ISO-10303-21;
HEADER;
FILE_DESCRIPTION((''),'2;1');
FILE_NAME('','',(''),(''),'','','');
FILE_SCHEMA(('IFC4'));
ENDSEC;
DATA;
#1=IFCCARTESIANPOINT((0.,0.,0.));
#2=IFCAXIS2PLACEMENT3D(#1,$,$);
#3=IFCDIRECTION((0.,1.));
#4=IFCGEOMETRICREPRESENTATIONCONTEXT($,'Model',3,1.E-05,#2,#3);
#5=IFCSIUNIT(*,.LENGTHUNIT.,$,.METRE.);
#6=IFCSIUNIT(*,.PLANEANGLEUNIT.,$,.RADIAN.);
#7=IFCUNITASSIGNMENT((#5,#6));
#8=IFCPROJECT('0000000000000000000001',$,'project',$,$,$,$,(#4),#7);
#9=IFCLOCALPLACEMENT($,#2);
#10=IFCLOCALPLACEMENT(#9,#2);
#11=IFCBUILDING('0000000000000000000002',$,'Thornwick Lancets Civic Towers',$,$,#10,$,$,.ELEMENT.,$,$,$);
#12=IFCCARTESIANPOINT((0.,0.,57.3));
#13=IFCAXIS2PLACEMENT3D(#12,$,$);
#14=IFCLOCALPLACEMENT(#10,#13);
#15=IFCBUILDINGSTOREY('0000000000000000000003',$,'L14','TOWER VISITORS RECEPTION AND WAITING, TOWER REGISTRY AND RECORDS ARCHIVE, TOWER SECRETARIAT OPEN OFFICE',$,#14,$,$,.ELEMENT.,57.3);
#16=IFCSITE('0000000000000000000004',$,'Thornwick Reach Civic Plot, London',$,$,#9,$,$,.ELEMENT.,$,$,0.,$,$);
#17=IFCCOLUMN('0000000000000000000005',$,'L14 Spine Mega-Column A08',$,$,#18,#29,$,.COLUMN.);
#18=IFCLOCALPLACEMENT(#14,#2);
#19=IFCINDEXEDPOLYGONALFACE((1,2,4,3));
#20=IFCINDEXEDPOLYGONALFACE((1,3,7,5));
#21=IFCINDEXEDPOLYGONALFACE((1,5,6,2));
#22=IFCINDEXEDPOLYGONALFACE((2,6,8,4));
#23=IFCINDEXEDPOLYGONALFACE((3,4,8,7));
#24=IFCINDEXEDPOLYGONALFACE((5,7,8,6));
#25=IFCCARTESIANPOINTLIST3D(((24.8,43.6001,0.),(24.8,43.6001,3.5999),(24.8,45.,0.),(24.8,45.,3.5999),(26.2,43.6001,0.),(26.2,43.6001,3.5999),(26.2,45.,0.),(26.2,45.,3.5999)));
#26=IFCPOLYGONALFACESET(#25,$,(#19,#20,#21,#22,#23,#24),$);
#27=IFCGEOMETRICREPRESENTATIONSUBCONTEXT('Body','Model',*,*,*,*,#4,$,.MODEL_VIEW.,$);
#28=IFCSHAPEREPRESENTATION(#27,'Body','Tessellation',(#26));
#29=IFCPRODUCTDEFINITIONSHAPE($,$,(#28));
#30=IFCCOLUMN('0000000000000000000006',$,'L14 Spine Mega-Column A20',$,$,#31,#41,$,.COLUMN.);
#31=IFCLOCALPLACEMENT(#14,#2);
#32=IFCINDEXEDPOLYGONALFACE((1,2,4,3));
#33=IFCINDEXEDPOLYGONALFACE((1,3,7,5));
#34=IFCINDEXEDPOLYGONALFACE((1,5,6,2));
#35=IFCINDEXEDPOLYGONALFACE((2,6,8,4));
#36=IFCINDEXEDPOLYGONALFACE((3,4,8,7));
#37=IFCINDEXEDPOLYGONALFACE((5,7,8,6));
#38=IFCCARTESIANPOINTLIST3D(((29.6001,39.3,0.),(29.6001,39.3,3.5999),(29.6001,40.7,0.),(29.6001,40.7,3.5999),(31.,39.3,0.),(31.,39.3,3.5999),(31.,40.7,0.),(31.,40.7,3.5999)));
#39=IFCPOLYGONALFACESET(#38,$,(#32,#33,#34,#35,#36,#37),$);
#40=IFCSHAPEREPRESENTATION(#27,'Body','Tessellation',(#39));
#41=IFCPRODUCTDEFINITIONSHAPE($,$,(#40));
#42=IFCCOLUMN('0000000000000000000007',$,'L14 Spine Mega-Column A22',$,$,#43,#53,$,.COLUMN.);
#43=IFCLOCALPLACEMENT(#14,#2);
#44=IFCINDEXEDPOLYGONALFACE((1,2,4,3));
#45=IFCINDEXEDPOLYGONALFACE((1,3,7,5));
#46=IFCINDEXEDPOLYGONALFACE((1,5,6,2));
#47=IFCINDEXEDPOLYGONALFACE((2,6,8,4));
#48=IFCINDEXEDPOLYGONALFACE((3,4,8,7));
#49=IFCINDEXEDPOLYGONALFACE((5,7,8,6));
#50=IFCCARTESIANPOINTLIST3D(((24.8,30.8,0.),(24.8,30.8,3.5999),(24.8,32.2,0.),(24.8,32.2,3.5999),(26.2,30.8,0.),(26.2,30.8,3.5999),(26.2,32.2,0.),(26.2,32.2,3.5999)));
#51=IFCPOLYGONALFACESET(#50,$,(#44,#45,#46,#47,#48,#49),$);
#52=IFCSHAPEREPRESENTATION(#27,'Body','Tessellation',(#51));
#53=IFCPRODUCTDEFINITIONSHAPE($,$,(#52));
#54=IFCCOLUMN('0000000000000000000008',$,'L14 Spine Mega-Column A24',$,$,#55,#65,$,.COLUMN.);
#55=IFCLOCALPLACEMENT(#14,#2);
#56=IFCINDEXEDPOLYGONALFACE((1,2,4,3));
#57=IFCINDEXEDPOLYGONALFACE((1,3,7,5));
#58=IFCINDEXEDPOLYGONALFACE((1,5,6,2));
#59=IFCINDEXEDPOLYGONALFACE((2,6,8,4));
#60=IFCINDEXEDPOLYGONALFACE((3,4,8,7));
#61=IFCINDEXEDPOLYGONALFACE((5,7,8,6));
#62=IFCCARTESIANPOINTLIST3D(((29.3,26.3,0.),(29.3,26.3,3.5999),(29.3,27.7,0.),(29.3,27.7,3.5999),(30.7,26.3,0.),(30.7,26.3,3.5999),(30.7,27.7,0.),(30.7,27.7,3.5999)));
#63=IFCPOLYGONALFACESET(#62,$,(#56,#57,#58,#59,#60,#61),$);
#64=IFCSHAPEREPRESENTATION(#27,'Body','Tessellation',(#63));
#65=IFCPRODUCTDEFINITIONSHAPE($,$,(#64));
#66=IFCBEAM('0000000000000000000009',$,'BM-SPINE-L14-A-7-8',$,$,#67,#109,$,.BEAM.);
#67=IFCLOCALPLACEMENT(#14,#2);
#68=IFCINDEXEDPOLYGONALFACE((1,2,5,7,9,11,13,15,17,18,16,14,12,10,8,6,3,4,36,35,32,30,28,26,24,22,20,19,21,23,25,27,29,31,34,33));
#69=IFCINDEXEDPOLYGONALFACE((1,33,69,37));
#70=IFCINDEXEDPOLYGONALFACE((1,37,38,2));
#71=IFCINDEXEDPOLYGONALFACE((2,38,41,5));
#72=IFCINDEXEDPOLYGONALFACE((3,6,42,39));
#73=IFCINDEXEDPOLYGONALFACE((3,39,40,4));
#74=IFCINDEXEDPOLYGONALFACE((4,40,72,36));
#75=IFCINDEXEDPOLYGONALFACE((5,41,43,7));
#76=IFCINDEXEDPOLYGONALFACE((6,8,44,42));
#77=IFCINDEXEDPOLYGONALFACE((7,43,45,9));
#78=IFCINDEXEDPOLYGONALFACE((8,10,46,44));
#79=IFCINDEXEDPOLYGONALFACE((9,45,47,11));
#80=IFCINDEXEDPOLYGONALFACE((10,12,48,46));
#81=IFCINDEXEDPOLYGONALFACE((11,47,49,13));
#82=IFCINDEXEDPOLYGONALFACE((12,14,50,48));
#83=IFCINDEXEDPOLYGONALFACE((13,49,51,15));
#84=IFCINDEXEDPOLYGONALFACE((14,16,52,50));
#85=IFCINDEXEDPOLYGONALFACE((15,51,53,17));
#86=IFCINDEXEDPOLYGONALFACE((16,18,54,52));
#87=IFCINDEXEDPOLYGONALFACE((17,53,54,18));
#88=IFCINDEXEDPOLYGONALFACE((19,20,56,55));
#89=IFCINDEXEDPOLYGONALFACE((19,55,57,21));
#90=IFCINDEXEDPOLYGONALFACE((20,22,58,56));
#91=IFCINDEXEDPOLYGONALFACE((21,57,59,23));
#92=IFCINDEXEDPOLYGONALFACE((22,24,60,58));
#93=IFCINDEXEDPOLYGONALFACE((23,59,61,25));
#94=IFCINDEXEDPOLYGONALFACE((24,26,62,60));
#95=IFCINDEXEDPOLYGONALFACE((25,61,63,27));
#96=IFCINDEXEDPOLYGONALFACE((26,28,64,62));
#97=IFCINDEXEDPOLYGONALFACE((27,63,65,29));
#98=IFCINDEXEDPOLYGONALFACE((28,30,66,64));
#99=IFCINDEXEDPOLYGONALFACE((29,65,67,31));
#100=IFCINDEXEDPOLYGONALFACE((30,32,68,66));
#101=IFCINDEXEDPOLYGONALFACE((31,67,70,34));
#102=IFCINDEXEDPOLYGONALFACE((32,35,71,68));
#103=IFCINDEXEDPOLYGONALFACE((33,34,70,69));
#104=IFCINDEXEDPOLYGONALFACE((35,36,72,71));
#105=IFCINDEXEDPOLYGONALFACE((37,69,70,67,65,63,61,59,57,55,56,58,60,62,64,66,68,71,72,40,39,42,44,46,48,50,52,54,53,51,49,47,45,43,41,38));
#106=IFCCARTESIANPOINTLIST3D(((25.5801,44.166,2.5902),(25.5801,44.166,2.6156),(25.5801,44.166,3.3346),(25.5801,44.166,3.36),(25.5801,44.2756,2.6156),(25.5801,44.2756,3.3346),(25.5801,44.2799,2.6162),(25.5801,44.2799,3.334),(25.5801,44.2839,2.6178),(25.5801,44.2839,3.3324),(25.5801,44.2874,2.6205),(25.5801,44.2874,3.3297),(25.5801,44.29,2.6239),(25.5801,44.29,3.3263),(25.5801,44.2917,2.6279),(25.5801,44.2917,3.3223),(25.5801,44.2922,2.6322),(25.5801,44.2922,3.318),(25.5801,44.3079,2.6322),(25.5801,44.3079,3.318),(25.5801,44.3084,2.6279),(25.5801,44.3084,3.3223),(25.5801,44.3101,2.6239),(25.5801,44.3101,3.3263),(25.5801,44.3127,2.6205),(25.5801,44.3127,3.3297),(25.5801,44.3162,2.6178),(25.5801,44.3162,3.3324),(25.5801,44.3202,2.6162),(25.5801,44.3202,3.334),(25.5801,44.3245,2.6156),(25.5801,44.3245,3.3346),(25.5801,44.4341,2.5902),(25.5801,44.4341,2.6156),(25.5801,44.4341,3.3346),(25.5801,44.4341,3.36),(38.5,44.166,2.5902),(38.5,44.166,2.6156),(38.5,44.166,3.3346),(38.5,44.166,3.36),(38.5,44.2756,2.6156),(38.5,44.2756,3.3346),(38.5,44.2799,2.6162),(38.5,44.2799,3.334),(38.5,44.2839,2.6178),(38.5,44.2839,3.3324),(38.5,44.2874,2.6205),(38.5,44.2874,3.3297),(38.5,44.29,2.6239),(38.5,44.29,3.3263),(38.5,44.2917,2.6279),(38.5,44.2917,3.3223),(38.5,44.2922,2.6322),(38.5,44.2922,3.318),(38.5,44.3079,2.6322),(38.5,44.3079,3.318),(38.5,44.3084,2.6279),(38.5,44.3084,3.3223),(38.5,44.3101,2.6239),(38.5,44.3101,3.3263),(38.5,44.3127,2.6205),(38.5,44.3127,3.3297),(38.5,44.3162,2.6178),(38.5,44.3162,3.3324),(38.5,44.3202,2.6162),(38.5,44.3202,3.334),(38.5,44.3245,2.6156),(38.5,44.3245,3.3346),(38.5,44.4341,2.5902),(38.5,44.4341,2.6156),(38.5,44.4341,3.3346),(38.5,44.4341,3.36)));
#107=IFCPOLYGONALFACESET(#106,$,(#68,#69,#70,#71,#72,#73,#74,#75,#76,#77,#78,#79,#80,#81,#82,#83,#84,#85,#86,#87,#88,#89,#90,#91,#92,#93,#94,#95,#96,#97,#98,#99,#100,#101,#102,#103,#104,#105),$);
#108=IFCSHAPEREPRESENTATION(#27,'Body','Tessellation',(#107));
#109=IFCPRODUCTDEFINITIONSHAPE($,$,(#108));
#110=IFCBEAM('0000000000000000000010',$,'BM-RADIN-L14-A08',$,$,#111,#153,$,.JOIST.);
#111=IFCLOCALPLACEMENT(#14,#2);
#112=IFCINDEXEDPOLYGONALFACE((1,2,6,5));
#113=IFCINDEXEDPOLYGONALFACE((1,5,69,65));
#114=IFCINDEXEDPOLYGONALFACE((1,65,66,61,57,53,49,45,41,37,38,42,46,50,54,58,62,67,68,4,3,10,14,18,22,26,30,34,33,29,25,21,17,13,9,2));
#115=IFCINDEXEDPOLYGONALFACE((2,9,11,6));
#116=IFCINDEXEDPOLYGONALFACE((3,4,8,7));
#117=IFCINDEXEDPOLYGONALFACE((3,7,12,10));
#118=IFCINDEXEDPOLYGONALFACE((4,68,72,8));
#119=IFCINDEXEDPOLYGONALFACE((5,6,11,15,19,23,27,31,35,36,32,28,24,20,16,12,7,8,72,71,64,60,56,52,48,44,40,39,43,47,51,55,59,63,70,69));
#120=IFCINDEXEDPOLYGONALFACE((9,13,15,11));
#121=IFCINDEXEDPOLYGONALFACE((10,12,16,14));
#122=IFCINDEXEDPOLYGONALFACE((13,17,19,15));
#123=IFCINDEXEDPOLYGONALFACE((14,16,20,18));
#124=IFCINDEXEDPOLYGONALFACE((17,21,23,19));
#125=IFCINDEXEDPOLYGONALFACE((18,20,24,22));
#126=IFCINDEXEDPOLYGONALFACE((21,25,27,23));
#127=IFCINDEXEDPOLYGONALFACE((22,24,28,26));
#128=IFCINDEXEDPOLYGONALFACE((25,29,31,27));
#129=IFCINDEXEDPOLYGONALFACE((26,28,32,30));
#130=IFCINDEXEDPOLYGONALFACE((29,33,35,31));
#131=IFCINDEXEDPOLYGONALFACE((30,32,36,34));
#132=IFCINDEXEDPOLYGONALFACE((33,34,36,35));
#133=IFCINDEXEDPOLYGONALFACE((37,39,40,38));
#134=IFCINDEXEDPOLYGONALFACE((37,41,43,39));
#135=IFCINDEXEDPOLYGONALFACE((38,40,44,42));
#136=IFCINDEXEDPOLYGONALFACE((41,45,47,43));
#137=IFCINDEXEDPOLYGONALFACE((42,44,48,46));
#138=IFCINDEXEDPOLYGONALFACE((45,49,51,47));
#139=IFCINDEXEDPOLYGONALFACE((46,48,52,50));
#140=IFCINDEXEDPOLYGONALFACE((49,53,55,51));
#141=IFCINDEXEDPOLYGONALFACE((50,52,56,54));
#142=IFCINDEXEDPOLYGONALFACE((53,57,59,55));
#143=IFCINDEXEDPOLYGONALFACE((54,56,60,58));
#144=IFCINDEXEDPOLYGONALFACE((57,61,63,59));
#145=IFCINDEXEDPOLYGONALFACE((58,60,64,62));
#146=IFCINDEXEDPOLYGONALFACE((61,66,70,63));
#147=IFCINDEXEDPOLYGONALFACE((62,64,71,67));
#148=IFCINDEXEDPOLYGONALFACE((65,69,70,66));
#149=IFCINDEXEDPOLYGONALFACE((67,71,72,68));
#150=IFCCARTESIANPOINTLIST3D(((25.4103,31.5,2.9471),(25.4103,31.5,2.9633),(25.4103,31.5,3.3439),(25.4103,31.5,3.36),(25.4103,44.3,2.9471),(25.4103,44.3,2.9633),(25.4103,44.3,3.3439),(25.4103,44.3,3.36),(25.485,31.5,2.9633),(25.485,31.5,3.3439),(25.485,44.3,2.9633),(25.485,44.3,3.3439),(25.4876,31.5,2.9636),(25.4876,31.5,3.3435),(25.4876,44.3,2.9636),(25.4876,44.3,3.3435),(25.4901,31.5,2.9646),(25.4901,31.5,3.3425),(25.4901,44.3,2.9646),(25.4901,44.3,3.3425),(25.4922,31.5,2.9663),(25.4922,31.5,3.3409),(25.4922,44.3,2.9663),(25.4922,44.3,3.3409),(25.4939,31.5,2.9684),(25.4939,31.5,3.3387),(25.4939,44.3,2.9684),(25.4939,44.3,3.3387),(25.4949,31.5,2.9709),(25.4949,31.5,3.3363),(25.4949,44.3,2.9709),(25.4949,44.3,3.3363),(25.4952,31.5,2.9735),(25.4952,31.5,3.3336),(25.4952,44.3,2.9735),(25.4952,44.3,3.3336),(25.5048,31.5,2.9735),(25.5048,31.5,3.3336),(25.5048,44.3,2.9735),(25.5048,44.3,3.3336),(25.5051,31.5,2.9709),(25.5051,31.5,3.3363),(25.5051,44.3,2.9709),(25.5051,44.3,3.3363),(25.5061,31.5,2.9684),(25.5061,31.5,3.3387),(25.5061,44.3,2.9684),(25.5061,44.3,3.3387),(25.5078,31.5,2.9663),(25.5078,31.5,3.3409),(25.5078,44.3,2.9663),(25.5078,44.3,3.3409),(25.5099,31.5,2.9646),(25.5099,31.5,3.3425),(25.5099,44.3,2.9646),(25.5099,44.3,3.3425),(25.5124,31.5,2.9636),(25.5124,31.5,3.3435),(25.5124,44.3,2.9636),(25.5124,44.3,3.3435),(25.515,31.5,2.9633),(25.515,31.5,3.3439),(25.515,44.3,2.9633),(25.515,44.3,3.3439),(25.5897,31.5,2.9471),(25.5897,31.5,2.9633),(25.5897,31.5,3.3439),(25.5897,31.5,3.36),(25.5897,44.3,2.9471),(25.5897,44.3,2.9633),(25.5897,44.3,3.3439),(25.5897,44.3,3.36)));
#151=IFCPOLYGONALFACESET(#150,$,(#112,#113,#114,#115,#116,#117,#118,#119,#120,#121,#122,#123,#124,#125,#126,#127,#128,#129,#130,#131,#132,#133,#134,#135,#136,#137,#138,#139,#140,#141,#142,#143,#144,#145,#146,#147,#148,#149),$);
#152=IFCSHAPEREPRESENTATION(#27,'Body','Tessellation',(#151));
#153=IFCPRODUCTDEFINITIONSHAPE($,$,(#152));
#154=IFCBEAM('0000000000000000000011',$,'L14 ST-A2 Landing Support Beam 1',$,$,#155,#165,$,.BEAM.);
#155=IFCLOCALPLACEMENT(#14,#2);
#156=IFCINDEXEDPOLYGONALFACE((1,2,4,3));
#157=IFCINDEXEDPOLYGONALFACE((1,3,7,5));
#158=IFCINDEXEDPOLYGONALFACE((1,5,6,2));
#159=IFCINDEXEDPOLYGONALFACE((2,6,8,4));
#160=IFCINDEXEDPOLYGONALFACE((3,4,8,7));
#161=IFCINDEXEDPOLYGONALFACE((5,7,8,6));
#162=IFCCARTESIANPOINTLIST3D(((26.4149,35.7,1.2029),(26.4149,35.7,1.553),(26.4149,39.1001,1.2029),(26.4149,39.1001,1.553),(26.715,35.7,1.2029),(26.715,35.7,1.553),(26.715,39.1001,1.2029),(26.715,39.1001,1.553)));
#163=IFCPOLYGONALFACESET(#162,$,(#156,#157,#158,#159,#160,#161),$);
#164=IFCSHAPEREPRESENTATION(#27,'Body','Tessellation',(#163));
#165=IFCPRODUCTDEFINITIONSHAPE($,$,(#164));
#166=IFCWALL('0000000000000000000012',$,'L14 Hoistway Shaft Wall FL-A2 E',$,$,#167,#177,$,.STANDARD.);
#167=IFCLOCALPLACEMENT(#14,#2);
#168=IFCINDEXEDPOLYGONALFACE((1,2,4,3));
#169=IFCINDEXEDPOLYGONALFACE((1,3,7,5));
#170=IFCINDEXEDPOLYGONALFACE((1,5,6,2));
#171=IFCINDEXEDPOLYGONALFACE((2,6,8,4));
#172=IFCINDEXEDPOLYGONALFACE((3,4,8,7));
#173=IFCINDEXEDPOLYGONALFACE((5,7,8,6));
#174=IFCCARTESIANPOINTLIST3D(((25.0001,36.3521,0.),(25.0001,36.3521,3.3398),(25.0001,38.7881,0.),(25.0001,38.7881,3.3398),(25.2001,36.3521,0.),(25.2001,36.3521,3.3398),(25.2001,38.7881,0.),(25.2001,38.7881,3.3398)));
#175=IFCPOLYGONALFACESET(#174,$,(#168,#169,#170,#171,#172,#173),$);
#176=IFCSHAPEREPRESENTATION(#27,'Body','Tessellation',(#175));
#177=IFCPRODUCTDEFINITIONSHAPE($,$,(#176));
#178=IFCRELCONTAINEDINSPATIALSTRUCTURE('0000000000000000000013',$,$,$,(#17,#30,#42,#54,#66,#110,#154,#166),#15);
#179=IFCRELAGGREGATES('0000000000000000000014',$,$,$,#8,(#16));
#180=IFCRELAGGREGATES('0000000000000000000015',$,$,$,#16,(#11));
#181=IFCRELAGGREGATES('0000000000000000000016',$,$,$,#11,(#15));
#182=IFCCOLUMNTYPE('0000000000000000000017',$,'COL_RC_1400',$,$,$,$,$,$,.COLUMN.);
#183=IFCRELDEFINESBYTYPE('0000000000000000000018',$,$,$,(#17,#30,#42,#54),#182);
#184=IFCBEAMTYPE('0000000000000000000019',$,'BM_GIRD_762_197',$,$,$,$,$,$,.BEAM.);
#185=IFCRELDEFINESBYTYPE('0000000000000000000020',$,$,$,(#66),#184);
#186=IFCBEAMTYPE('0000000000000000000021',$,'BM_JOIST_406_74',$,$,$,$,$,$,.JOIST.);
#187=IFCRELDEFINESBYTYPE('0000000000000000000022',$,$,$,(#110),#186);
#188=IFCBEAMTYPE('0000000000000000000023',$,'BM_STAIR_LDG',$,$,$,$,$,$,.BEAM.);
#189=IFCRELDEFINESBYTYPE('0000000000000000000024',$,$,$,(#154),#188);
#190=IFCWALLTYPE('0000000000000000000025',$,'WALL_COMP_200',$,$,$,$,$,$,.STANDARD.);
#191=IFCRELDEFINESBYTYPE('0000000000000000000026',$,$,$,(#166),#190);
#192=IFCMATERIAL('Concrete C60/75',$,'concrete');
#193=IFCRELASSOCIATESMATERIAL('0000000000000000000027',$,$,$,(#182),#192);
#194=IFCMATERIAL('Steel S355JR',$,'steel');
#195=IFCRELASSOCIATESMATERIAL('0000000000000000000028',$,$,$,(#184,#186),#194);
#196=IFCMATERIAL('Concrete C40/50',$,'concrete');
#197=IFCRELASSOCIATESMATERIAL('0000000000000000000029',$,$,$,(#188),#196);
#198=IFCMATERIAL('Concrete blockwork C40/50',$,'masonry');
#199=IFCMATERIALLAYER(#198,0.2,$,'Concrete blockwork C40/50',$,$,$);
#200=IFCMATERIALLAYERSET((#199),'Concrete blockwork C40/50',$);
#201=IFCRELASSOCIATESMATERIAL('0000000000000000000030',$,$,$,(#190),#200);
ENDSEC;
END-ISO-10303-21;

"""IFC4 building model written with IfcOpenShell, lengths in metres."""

from ifc_helpers import new_model, si_unit, direction, frame, frame_2d, origin, origin_2d, place, context, subcontext, project, spatial, rectangle, i_section, extrude, material, layer, layer_set, material_profile, profile_set, type_object, element, save


model = new_model("IFC4")

# Units and contexts
model_context = context("Model", 3, precision=1e-05, world=origin(), true_north=direction((0.0, 1.0)))
body_context = subcontext(model_context, "Body", "Model", "MODEL_VIEW")
ifc_project = project(units=[si_unit("LENGTHUNIT", "METRE"), si_unit("PLANEANGLEUNIT", "RADIAN")], contexts=[model_context])

# Site, building, storey
site_placement = place(None, origin())
site = spatial("IfcSite", under=ifc_project, at=site_placement, Name="Thornwick Reach Civic Plot, London", CompositionType="ELEMENT", RefElevation=0.0)
building_placement = place(site_placement, origin())
building = spatial("IfcBuilding", under=site, at=building_placement, Name="Thornwick Lancets Civic Towers", CompositionType="ELEMENT")
storey_placement = place(building_placement, frame((0.0, 0.0, 57.3)))
storey = spatial("IfcBuildingStorey", under=building, at=storey_placement, Name="L14", Description="TOWER VISITORS RECEPTION AND WAITING, TOWER REGISTRY AND RECORDS ARCHIVE, TOWER SECRETARIAT OPEN OFFICE", CompositionType="ELEMENT", Elevation=57.3)

# Columns
ifc_material_1 = material(Name="Concrete C60/75", Category="concrete")
ifc_material_profile_1 = material_profile(ifc_material_1, rectangle(XDim=1.3999, YDim=1.3999, at=origin_2d()), Name="RC 1400x1400")
ifc_profile_set_1 = profile_set([ifc_material_profile_1], Name="Concrete C60/75")
column_type = type_object("IfcColumnType", Name="COL_RC_1400", PredefinedType="COLUMN", material=ifc_profile_set_1)
for number, where, z_axis, x_axis, name in (
    (1, (25.5, 44.3, 0.0), (0.0, 0.0, 1.0), (1.0, 0.0, 0.0), "L14 Spine Mega-Column A08"),
    (2, (30.3, 40.0, 0.0), (0.0, 0.0, 1.0), (1.0, 0.0, 0.0), "L14 Spine Mega-Column A20"),
    (3, (25.5, 31.5, 0.0), (0.0, 0.0, 1.0), (1.0, 0.0, 0.0), "L14 Spine Mega-Column A22"),
    (4, (30.0, 27.0, 0.0), (0.0, 0.0, 1.0), (1.0, 0.0, 0.0), "L14 Spine Mega-Column A24"),
):
    element("IfcColumn", number, at=place(storey_placement, frame(where, z_axis=z_axis, x_axis=x_axis)), inside=storey, type_object=column_type, Name=name, PredefinedType="COLUMN", context=body_context, shape_type="SweptSolid", body=[
        extrude(rectangle(XDim=1.3999, YDim=1.3999, at=origin_2d()), origin(), (0.0, 0.0, 1.0), 3.5999),
    ])

# Beams
ifc_material_2 = material(Name="Steel S355JR", Category="steel")
ifc_material_profile_2 = material_profile(ifc_material_2, i_section(OverallWidth=0.2681, OverallDepth=0.7698, WebThickness=0.0156, FlangeThickness=0.0254, FilletRadius=0.0166, at=origin_2d()), Name="UKB 762x267x197")
ifc_profile_set_2 = profile_set([ifc_material_profile_2], Name="Steel S355JR")
beam_type_1 = type_object("IfcBeamType", Name="BM_GIRD_762_197", PredefinedType="BEAM", material=ifc_profile_set_2)
beam_1_placement = place(storey_placement, frame((25.5801, 44.3, 2.9751), z_axis=(1.0, 0.0, 0.0), x_axis=(0.0, 1.0, 0.0)))
element("IfcBeam", 5, at=beam_1_placement, inside=storey, type_object=beam_type_1, Name="BM-SPINE-L14-A-7-8", PredefinedType="BEAM", context=body_context, shape_type="SweptSolid", body=[
    extrude(i_section(OverallWidth=0.2681, OverallDepth=0.7698, WebThickness=0.0156, FlangeThickness=0.0254, FilletRadius=0.0166, at=origin_2d()), origin(), (0.0, 0.0, 1.0), 12.9199),
])
ifc_material_profile_3 = material_profile(ifc_material_2, i_section(OverallWidth=0.1794, OverallDepth=0.4128, WebThickness=0.0095, FlangeThickness=0.0161, FilletRadius=0.0103, at=origin_2d()), Name="UKB 406x178x74")
ifc_profile_set_3 = profile_set([ifc_material_profile_3], Name="Steel S355JR")
beam_type_2 = type_object("IfcBeamType", Name="BM_JOIST_406_74", PredefinedType="JOIST", material=ifc_profile_set_3)
beam_2_placement = place(storey_placement, frame((25.5, 31.5, 3.1536), z_axis=(0.0, 1.0, 0.0), x_axis=(-1.0, 0.0, 0.0)))
element("IfcBeam", 6, at=beam_2_placement, inside=storey, type_object=beam_type_2, Name="BM-RADIN-L14-A08", PredefinedType="JOIST", context=body_context, shape_type="SweptSolid", body=[
    extrude(i_section(OverallWidth=0.1794, OverallDepth=0.4128, WebThickness=0.0095, FlangeThickness=0.0161, FilletRadius=0.0103, at=origin_2d()), origin(), (0.0, 0.0, 1.0), 12.8),
])
ifc_material_3 = material(Name="Concrete C40/50", Category="concrete")
ifc_material_profile_4 = material_profile(ifc_material_3, rectangle(XDim=0.3, YDim=0.3501, at=origin_2d()), Name="RC 300x350")
ifc_profile_set_4 = profile_set([ifc_material_profile_4], Name="Concrete C40/50")
beam_type_3 = type_object("IfcBeamType", Name="BM_STAIR_LDG", PredefinedType="BEAM", material=ifc_profile_set_4)
beam_3_placement = place(storey_placement, frame((26.5649, 39.1001, 1.3779), z_axis=(0.0, -1.0, 0.0), x_axis=(1.0, 0.0, 0.0)))
element("IfcBeam", 7, at=beam_3_placement, inside=storey, type_object=beam_type_3, Name="L14 ST-A2 Landing Support Beam 1", PredefinedType="BEAM", context=body_context, shape_type="SweptSolid", body=[
    extrude(rectangle(XDim=0.3, YDim=0.3501, at=origin_2d()), origin(), (0.0, 0.0, 1.0), 3.4001),
])

# Wall
ifc_material_4 = material(Name="Concrete blockwork C40/50", Category="masonry")
ifc_layer_1 = layer(ifc_material_4, 0.2, Name="Concrete blockwork C40/50")
ifc_layer_set_1 = layer_set([ifc_layer_1], Name="Concrete blockwork C40/50")
wall_type_1 = type_object("IfcWallType", Name="WALL_COMP_200", PredefinedType="STANDARD", material=ifc_layer_set_1)
wall_1_placement = place(storey_placement, frame((25.1001, 36.3521, 0.0), z_axis=(0.0, 0.0, 1.0), x_axis=(0.0, 1.0, 0.0)))
element("IfcWall", 8, at=wall_1_placement, inside=storey, type_object=wall_type_1, Name="L14 Hoistway Shaft Wall FL-A2 E", PredefinedType="STANDARD", context=body_context, shape_type="SweptSolid", body=[
    extrude(rectangle(XDim=2.436, YDim=0.2, at=frame_2d((1.218, 0.0))), origin(), (0.0, 0.0, 1.0), 3.3398),
])

save(model, "model.ifc")
